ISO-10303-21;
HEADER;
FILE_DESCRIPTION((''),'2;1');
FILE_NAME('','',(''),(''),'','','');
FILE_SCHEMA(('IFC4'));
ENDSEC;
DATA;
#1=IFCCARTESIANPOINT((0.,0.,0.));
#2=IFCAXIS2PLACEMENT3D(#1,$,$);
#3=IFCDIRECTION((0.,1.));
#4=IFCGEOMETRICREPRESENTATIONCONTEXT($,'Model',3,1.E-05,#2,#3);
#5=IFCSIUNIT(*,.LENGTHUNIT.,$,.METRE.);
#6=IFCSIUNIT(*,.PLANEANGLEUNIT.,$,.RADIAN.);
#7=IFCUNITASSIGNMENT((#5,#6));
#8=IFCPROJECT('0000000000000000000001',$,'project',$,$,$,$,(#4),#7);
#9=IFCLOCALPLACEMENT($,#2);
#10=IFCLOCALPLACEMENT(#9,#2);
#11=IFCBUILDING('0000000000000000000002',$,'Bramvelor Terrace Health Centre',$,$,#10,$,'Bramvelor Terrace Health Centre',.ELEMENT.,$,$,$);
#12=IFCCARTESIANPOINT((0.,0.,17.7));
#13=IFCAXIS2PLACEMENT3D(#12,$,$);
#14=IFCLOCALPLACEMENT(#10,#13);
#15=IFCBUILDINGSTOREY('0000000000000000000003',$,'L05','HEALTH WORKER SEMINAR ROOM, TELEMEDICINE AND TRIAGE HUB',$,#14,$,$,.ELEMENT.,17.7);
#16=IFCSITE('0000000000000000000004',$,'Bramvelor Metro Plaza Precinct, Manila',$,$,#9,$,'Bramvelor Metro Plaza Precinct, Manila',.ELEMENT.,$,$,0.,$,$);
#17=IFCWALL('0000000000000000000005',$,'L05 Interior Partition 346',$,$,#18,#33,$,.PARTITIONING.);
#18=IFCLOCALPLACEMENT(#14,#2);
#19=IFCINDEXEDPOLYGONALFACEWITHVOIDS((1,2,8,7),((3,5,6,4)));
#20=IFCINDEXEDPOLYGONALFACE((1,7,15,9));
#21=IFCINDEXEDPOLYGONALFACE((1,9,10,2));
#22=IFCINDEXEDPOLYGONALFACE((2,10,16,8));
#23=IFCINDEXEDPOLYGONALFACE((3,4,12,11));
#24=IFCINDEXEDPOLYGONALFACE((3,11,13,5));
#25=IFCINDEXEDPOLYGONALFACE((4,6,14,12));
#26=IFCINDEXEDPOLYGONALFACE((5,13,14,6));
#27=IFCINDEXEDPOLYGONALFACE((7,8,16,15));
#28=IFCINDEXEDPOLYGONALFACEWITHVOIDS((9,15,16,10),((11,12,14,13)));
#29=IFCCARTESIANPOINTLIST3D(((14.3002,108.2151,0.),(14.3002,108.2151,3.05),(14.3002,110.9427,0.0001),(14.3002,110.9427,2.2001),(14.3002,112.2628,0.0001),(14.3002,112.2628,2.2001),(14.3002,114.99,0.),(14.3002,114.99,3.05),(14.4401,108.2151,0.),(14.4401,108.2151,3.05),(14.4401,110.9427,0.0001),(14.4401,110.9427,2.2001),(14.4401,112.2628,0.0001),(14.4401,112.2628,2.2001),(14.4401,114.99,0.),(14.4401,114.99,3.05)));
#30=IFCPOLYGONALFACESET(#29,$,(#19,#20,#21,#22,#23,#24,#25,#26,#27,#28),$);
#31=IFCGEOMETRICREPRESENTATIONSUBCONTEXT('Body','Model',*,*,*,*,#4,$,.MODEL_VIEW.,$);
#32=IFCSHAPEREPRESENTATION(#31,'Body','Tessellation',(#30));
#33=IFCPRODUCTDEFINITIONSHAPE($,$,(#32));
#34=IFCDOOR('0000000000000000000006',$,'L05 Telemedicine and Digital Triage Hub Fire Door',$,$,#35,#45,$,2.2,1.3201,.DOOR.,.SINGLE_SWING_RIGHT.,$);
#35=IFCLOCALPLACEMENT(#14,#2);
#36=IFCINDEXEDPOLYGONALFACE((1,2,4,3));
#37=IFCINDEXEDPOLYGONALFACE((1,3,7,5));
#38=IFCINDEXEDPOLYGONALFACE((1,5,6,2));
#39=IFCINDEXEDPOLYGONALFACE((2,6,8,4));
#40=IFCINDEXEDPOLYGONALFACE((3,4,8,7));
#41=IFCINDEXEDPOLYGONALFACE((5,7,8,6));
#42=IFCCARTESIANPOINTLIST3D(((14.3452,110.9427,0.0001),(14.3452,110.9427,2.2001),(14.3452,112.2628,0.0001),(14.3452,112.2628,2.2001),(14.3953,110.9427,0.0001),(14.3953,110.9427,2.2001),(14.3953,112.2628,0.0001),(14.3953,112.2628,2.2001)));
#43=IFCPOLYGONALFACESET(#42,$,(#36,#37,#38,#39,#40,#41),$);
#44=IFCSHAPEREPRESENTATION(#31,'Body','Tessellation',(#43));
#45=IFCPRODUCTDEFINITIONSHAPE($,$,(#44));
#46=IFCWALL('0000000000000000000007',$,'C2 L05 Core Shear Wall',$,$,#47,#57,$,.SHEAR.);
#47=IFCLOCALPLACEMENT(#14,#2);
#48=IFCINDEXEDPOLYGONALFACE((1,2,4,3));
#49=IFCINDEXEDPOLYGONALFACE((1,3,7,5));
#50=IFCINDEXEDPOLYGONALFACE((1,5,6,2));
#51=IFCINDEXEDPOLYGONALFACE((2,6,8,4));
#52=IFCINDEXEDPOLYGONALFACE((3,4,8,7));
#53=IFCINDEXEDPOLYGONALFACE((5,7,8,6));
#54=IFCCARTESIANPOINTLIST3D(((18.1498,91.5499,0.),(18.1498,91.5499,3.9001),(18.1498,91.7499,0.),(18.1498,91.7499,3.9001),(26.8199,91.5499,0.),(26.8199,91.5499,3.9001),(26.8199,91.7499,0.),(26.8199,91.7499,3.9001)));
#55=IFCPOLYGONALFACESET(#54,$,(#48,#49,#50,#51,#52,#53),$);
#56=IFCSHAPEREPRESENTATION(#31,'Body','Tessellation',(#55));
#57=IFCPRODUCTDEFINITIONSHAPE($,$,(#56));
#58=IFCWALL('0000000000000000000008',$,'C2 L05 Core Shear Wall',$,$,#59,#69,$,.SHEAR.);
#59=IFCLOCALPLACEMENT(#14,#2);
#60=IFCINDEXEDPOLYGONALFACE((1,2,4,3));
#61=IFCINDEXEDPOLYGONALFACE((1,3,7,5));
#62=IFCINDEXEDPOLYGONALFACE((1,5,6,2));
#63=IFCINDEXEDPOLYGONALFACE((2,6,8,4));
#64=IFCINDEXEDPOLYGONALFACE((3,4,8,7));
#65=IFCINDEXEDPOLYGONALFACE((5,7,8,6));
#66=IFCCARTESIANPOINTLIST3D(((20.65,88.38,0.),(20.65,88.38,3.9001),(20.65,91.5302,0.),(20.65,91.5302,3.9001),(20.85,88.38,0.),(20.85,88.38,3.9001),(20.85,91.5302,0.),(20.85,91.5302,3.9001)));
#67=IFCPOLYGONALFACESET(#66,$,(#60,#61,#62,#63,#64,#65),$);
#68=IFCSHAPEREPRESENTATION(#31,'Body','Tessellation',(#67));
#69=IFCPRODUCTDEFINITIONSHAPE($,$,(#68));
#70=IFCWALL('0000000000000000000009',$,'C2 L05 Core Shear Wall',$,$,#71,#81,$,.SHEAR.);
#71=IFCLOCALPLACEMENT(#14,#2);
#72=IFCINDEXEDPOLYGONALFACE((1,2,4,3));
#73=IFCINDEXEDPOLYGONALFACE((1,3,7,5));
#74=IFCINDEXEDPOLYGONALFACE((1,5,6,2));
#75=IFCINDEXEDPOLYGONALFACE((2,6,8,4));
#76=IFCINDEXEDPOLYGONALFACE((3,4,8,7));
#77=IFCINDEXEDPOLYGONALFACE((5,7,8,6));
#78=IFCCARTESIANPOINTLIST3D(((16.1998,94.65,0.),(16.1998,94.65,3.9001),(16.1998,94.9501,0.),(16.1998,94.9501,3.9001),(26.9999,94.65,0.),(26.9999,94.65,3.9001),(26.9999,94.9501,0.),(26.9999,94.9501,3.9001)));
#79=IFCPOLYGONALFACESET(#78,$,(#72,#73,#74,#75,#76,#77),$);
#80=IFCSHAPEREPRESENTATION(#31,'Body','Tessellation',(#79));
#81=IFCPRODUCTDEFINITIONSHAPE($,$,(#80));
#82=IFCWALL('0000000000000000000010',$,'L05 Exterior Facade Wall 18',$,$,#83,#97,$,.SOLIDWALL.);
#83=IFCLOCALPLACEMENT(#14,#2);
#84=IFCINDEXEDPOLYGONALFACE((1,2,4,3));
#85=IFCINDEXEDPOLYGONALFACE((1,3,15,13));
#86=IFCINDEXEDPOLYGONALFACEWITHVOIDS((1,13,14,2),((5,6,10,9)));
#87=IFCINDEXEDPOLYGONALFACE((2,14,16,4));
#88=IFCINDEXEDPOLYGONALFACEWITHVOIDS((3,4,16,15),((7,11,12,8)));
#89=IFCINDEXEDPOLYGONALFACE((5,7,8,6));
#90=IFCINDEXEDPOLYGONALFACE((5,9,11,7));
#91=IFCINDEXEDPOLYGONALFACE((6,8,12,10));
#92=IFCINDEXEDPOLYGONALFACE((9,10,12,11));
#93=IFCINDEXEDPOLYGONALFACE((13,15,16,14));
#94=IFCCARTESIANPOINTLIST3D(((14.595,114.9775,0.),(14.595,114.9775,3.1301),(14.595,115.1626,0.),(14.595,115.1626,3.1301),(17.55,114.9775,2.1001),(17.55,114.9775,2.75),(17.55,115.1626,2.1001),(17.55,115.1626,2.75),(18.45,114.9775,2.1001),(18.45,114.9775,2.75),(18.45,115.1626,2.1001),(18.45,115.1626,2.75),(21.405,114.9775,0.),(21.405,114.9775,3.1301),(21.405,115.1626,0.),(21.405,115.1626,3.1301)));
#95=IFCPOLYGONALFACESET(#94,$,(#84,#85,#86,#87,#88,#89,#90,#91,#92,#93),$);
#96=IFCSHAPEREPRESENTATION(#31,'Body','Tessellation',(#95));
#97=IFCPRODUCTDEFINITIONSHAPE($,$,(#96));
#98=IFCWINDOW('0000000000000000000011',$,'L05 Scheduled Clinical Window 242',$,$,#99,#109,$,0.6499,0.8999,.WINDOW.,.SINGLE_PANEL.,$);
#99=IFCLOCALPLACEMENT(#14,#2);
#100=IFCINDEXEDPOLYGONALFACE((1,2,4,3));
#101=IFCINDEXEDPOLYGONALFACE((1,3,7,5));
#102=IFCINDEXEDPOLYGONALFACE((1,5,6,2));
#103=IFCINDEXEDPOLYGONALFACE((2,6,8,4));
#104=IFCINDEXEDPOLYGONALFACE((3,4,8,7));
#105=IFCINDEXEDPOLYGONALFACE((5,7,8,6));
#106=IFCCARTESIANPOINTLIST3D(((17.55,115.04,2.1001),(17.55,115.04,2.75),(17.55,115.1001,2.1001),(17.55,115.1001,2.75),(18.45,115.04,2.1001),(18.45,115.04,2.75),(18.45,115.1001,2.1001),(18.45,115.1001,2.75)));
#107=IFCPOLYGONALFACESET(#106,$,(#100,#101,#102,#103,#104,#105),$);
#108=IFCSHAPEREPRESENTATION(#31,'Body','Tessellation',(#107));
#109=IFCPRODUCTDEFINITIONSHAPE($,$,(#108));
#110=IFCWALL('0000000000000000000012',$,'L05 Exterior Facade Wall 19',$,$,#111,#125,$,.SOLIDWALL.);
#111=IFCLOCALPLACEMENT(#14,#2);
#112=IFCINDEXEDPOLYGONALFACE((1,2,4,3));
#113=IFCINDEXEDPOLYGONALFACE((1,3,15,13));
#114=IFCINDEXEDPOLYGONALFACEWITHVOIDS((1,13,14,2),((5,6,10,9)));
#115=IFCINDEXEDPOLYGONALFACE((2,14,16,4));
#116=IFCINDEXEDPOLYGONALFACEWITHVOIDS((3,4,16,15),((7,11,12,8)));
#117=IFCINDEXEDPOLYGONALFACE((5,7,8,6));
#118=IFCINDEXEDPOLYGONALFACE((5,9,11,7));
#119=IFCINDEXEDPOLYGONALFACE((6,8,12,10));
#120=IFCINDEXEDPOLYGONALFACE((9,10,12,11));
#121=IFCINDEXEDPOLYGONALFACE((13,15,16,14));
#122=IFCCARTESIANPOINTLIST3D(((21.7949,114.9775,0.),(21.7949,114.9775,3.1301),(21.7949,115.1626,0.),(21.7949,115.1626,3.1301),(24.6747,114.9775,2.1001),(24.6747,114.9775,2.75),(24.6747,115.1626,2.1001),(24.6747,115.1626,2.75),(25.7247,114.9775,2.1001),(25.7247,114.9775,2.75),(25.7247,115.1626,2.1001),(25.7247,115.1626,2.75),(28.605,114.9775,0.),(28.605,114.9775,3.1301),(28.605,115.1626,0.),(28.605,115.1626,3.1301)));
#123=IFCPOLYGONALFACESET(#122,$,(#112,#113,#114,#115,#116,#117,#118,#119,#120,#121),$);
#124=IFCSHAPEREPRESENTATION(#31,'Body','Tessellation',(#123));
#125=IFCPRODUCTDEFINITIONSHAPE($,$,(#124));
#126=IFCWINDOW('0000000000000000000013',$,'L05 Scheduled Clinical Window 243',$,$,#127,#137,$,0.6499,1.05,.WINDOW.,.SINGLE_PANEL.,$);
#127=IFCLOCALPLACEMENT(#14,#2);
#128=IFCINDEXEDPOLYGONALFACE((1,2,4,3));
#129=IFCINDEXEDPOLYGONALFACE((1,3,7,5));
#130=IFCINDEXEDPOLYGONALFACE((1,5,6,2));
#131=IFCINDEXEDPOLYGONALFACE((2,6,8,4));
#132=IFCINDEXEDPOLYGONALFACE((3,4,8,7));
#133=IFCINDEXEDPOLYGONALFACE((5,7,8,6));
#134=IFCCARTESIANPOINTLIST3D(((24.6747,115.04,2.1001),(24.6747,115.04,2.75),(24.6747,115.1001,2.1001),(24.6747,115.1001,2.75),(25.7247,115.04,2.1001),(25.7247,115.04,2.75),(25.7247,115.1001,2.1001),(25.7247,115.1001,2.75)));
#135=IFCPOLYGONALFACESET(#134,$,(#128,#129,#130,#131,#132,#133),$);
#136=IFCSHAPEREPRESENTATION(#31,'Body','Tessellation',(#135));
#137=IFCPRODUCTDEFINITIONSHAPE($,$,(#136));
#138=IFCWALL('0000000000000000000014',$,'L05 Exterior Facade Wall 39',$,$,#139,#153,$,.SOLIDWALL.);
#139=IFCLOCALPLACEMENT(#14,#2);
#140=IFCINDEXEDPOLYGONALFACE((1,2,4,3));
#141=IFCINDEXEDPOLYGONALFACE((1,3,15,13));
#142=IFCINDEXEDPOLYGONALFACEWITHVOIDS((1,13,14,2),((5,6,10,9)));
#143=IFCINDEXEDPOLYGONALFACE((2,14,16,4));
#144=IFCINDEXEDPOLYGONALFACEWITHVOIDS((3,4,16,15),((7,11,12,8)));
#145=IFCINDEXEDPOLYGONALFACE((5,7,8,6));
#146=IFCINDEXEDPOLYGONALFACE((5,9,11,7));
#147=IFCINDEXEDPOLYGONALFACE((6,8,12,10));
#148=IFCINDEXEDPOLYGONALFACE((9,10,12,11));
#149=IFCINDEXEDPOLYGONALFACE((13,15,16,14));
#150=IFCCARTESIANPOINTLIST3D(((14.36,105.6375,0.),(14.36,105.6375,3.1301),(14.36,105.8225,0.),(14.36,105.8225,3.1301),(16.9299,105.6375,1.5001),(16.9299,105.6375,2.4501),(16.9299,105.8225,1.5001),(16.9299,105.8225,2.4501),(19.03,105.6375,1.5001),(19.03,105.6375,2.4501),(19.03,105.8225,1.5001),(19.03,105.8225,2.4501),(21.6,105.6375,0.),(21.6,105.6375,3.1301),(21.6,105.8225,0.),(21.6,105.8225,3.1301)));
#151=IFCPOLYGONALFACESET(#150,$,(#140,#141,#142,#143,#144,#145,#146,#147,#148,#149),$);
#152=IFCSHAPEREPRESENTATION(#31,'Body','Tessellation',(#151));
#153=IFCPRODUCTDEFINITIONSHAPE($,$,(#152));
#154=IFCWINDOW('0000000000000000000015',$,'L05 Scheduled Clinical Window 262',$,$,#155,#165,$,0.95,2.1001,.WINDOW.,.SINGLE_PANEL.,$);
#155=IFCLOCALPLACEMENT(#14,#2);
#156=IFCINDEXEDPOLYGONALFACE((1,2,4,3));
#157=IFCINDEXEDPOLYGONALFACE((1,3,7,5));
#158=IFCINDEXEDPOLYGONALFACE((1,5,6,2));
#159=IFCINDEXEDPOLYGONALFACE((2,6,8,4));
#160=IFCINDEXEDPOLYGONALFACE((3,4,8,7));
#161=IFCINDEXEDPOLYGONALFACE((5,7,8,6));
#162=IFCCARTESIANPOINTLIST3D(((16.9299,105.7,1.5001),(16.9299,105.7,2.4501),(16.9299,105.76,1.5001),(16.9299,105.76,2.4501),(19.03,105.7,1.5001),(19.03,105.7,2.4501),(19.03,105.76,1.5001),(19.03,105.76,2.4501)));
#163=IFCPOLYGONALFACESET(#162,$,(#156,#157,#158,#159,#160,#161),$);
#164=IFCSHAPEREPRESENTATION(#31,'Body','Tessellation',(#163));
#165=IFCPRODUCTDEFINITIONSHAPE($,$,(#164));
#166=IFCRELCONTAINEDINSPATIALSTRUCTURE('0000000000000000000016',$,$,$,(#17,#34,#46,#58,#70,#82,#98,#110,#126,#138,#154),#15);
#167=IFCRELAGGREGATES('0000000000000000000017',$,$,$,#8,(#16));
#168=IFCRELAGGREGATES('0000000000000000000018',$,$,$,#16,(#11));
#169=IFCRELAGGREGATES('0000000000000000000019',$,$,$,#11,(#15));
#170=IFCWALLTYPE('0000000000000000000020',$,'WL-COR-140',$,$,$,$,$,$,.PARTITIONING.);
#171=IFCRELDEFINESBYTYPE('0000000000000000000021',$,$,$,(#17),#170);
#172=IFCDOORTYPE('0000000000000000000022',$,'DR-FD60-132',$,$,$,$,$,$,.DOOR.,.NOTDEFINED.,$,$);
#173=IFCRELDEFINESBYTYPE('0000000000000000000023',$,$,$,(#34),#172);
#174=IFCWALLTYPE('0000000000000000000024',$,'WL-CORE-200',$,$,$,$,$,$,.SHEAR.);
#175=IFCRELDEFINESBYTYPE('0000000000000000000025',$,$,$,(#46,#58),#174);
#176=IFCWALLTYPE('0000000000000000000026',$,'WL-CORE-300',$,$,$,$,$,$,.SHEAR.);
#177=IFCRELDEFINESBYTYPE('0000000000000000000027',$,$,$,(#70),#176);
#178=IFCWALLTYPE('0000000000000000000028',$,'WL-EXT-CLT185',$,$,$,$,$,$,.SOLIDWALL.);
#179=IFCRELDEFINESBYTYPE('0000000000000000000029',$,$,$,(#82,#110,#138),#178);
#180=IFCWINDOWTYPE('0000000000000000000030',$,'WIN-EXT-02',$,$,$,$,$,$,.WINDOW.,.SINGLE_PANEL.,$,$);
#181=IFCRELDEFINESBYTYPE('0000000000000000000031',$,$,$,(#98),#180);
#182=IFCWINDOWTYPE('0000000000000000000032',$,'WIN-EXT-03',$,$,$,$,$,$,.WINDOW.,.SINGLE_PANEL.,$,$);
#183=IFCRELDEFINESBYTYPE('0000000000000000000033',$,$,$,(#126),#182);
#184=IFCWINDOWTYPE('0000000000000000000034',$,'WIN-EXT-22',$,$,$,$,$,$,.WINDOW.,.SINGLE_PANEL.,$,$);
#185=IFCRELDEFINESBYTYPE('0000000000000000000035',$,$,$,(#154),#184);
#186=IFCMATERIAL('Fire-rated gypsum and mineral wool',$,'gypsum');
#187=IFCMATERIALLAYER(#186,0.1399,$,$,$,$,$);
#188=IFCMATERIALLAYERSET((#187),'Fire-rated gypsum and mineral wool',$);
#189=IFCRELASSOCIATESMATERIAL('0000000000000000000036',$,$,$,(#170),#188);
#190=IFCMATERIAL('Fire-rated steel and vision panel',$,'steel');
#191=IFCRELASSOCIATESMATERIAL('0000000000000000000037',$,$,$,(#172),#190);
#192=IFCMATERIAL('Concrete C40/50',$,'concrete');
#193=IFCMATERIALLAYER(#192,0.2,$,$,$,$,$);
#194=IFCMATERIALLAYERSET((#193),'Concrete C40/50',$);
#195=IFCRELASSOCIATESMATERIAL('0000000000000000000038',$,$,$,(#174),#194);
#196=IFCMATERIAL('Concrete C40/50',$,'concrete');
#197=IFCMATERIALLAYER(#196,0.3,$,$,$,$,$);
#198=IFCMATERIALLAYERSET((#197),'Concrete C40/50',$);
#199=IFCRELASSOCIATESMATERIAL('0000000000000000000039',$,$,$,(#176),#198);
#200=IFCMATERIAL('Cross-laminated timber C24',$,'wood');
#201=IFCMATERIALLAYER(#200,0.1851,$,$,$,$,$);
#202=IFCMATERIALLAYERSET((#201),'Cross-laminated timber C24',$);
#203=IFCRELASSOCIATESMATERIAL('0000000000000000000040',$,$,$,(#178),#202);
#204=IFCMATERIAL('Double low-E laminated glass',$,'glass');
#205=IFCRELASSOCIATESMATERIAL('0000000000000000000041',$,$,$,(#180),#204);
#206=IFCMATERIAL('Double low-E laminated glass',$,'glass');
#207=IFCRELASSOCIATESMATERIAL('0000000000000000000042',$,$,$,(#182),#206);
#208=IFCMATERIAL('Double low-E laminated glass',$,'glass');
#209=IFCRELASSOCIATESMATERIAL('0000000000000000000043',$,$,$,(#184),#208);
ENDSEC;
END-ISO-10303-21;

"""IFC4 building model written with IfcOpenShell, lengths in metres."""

from ifc_helpers import new_model, si_unit, direction, frame, frame_2d, origin, place, context, subcontext, project, spatial, rectangle, extrude, material, layer, layer_set, type_object, element, fill, save


model = new_model("IFC4")

# Units and contexts
model_context = context("Model", 3, precision=1e-05, world=origin(), true_north=direction((0.0, 1.0)))
body_context = subcontext(model_context, "Body", "Model", "MODEL_VIEW")
ifc_project = project(units=[si_unit("LENGTHUNIT", "METRE"), si_unit("PLANEANGLEUNIT", "RADIAN")], contexts=[model_context])

# Site, building, storey
site_placement = place(None, origin())
site = spatial("IfcSite", under=ifc_project, at=site_placement, Name="Bramvelor Metro Plaza Precinct, Manila", LongName="Bramvelor Metro Plaza Precinct, Manila", CompositionType="ELEMENT", RefElevation=0.0)
building_placement = place(site_placement, origin())
building = spatial("IfcBuilding", under=site, at=building_placement, Name="Bramvelor Terrace Health Centre", LongName="Bramvelor Terrace Health Centre", CompositionType="ELEMENT")
storey_placement = place(building_placement, frame((0.0, 0.0, 17.7)))
storey = spatial("IfcBuildingStorey", under=building, at=storey_placement, Name="L05", Description="HEALTH WORKER SEMINAR ROOM, TELEMEDICINE AND TRIAGE HUB", CompositionType="ELEMENT", Elevation=17.7)

# Shared definitions
ifc_material_1 = material(Name="Fire-rated gypsum and mineral wool", Category="gypsum")
ifc_layer_1 = layer(ifc_material_1, 0.1399)
ifc_layer_set_1 = layer_set([ifc_layer_1], Name="Fire-rated gypsum and mineral wool")
wall_type_1 = type_object("IfcWallType", Name="WL-COR-140", PredefinedType="PARTITIONING", material=ifc_layer_set_1)

# Wall, opening, door
wall_1_placement = place(storey_placement, frame((14.3701, 108.2151, 0.0), z_axis=(0.0, 0.0, 1.0), x_axis=(0.0, 1.0, 0.0)))
wall_1 = element("IfcWall", 1, at=wall_1_placement, inside=storey, type_object=wall_type_1, Name="L05 Interior Partition 346", PredefinedType="PARTITIONING", context=body_context, shape_type="SweptSolid", body=[
    extrude(rectangle(XDim=6.7749, YDim=0.1399, at=frame_2d((3.3875, 0.0))), origin(), (0.0, 0.0, 1.0), 3.05),
])
opening_1_placement = place(wall_1_placement, frame((2.7275, 0.0, 0.0)))
opening_1 = element("IfcOpeningElement", 2, at=opening_1_placement, cuts=wall_1, PredefinedType="OPENING", context=body_context, shape_type="SweptSolid", body=[
    extrude(rectangle(XDim=1.3201, YDim=2.2, at=frame_2d((0.6602, 1.1001))), frame((0.0, 0.0798, 0.0), z_axis=(0.0, -1.0, 0.0), x_axis=(1.0, 0.0, 0.0)), (0.0, 0.0, 1.0), 0.1599),
])
ifc_material_2 = material(Name="Fire-rated steel and vision panel", Category="steel")
door_type = type_object("IfcDoorType", Name="DR-FD60-132", OperationType="NOTDEFINED", PredefinedType="DOOR", material=ifc_material_2)
door_placement = place(opening_1_placement, origin())
door = element("IfcDoor", 3, at=door_placement, inside=storey, type_object=door_type, Name="L05 Telemedicine and Digital Triage Hub Fire Door", OperationType="SINGLE_SWING_RIGHT", OverallHeight=2.2, OverallWidth=1.3201, PredefinedType="DOOR", context=body_context, shape_type="SweptSolid", body=[
    extrude(rectangle(XDim=1.3201, YDim=2.2, at=frame_2d((0.6602, 1.1001))), frame((0.0, 0.0249, 0.0), z_axis=(0.0, -1.0, 0.0), x_axis=(1.0, 0.0, 0.0)), (0.0, 0.0, 1.0), 0.05),
])
fill(opening_1, door)

# Walls
ifc_material_3 = material(Name="Concrete C40/50", Category="concrete")
ifc_layer_2 = layer(ifc_material_3, 0.2)
ifc_layer_set_2 = layer_set([ifc_layer_2], Name="Concrete C40/50")
wall_type_2 = type_object("IfcWallType", Name="WL-CORE-200", PredefinedType="SHEAR", material=ifc_layer_set_2)
wall_2_placement = place(storey_placement, frame((18.1499, 91.6499, 0.0), z_axis=(0.0, 0.0, 1.0), x_axis=(1.0, 0.0, 0.0)))
element("IfcWall", 4, at=wall_2_placement, inside=storey, type_object=wall_type_2, Name="C2 L05 Core Shear Wall", PredefinedType="SHEAR", context=body_context, shape_type="SweptSolid", body=[
    extrude(rectangle(XDim=8.6702, YDim=0.2, at=frame_2d((4.335, 0.0))), origin(), (0.0, 0.0, 1.0), 3.9001),
])
wall_3_placement = place(storey_placement, frame((20.75, 88.3799, 0.0), z_axis=(0.0, 0.0, 1.0), x_axis=(0.0, 1.0, 0.0)))
element("IfcWall", 5, at=wall_3_placement, inside=storey, type_object=wall_type_2, Name="C2 L05 Core Shear Wall", PredefinedType="SHEAR", context=body_context, shape_type="SweptSolid", body=[
    extrude(rectangle(XDim=3.1501, YDim=0.2, at=frame_2d((1.5752, 0.0))), origin(), (0.0, 0.0, 1.0), 3.9001),
])
ifc_material_4 = material(Name="Concrete C40/50", Category="concrete")
ifc_layer_3 = layer(ifc_material_4, 0.3)
ifc_layer_set_3 = layer_set([ifc_layer_3], Name="Concrete C40/50")
wall_type_3 = type_object("IfcWallType", Name="WL-CORE-300", PredefinedType="SHEAR", material=ifc_layer_set_3)
wall_4_placement = place(storey_placement, frame((16.2, 94.8, 0.0), z_axis=(0.0, 0.0, 1.0), x_axis=(1.0, 0.0, 0.0)))
element("IfcWall", 6, at=wall_4_placement, inside=storey, type_object=wall_type_3, Name="C2 L05 Core Shear Wall", PredefinedType="SHEAR", context=body_context, shape_type="SweptSolid", body=[
    extrude(rectangle(XDim=10.8, YDim=0.3, at=frame_2d((5.3999, 0.0))), origin(), (0.0, 0.0, 1.0), 3.9001),
])

# Walls, openings, windows
ifc_material_5 = material(Name="Cross-laminated timber C24", Category="wood")
ifc_layer_4 = layer(ifc_material_5, 0.1851)
ifc_layer_set_4 = layer_set([ifc_layer_4], Name="Cross-laminated timber C24")
wall_type_4 = type_object("IfcWallType", Name="WL-EXT-CLT185", PredefinedType="SOLIDWALL", material=ifc_layer_set_4)
wall_5_placement = place(storey_placement, frame((14.595, 115.0701, 0.0), z_axis=(0.0, 0.0, 1.0), x_axis=(1.0, 0.0, 0.0)))
wall_5 = element("IfcWall", 7, at=wall_5_placement, inside=storey, type_object=wall_type_4, Name="L05 Exterior Facade Wall 18", PredefinedType="SOLIDWALL", context=body_context, shape_type="SweptSolid", body=[
    extrude(rectangle(XDim=6.8101, YDim=0.1851, at=frame_2d((3.405, 0.0))), origin(), (0.0, 0.0, 1.0), 3.1301),
])
opening_2_placement = place(wall_5_placement, frame((2.9551, 0.0, 2.1001)))
opening_2 = element("IfcOpeningElement", 8, at=opening_2_placement, cuts=wall_5, PredefinedType="OPENING", context=body_context, shape_type="SweptSolid", body=[
    extrude(rectangle(XDim=0.8999, YDim=0.6499, at=frame_2d((0.45, 0.325))), frame((0.0, 0.1025, 0.0), z_axis=(0.0, -1.0, 0.0), x_axis=(1.0, 0.0, 0.0)), (0.0, 0.0, 1.0), 0.2051),
])
ifc_material_6 = material(Name="Double low-E laminated glass", Category="glass")
window_type_1 = type_object("IfcWindowType", Name="WIN-EXT-02", PartitioningType="SINGLE_PANEL", PredefinedType="WINDOW", material=ifc_material_6)
window_1_placement = place(opening_2_placement, origin())
window_1 = element("IfcWindow", 9, at=window_1_placement, inside=storey, type_object=window_type_1, Name="L05 Scheduled Clinical Window 242", OverallHeight=0.6499, OverallWidth=0.8999, PartitioningType="SINGLE_PANEL", PredefinedType="WINDOW", context=body_context, shape_type="SweptSolid", body=[
    extrude(rectangle(XDim=0.8999, YDim=0.6499, at=frame_2d((0.45, 0.325))), frame((0.0, 0.03, 0.0), z_axis=(0.0, -1.0, 0.0), x_axis=(1.0, 0.0, 0.0)), (0.0, 0.0, 1.0), 0.0601),
])
fill(opening_2, window_1)
wall_6_placement = place(storey_placement, frame((21.7949, 115.0701, 0.0), z_axis=(0.0, 0.0, 1.0), x_axis=(1.0, 0.0, 0.0)))
wall_6 = element("IfcWall", 10, at=wall_6_placement, inside=storey, type_object=wall_type_4, Name="L05 Exterior Facade Wall 19", PredefinedType="SOLIDWALL", context=body_context, shape_type="SweptSolid", body=[
    extrude(rectangle(XDim=6.8101, YDim=0.1851, at=frame_2d((3.405, 0.0))), origin(), (0.0, 0.0, 1.0), 3.1301),
])
opening_3_placement = place(wall_6_placement, frame((2.8799, 0.0, 2.1001)))
opening_3 = element("IfcOpeningElement", 11, at=opening_3_placement, cuts=wall_6, PredefinedType="OPENING", context=body_context, shape_type="SweptSolid", body=[
    extrude(rectangle(XDim=1.05, YDim=0.6499, at=frame_2d((0.5249, 0.325))), frame((0.0, 0.1025, 0.0), z_axis=(0.0, -1.0, 0.0), x_axis=(1.0, 0.0, 0.0)), (0.0, 0.0, 1.0), 0.2051),
])
ifc_material_7 = material(Name="Double low-E laminated glass", Category="glass")
window_type_2 = type_object("IfcWindowType", Name="WIN-EXT-03", PartitioningType="SINGLE_PANEL", PredefinedType="WINDOW", material=ifc_material_7)
window_2_placement = place(opening_3_placement, origin())
window_2 = element("IfcWindow", 12, at=window_2_placement, inside=storey, type_object=window_type_2, Name="L05 Scheduled Clinical Window 243", OverallHeight=0.6499, OverallWidth=1.05, PartitioningType="SINGLE_PANEL", PredefinedType="WINDOW", context=body_context, shape_type="SweptSolid", body=[
    extrude(rectangle(XDim=1.05, YDim=0.6499, at=frame_2d((0.5249, 0.325))), frame((0.0, 0.03, 0.0), z_axis=(0.0, -1.0, 0.0), x_axis=(1.0, 0.0, 0.0)), (0.0, 0.0, 1.0), 0.0601),
])
fill(opening_3, window_2)
wall_7_placement = place(storey_placement, frame((21.6001, 105.73, 0.0), z_axis=(0.0, 0.0, 1.0), x_axis=(-1.0, 0.0, 0.0)))
wall_7 = element("IfcWall", 13, at=wall_7_placement, inside=storey, type_object=wall_type_4, Name="L05 Exterior Facade Wall 39", PredefinedType="SOLIDWALL", context=body_context, shape_type="SweptSolid", body=[
    extrude(rectangle(XDim=7.24, YDim=0.1851, at=frame_2d((3.6201, 0.0))), origin(), (0.0, 0.0, 1.0), 3.1301),
])
opening_4_placement = place(wall_7_placement, frame((2.5701, 0.0, 1.5)))
opening_4 = element("IfcOpeningElement", 14, at=opening_4_placement, cuts=wall_7, PredefinedType="OPENING", context=body_context, shape_type="SweptSolid", body=[
    extrude(rectangle(XDim=2.1001, YDim=0.95, at=frame_2d((1.05, 0.4751))), frame((0.0, 0.1025, 0.0), z_axis=(0.0, -1.0, 0.0), x_axis=(1.0, 0.0, 0.0)), (0.0, 0.0, 1.0), 0.2051),
])
ifc_material_8 = material(Name="Double low-E laminated glass", Category="glass")
window_type_3 = type_object("IfcWindowType", Name="WIN-EXT-22", PartitioningType="SINGLE_PANEL", PredefinedType="WINDOW", material=ifc_material_8)
window_3_placement = place(opening_4_placement, origin())
window_3 = element("IfcWindow", 15, at=window_3_placement, inside=storey, type_object=window_type_3, Name="L05 Scheduled Clinical Window 262", OverallHeight=0.95, OverallWidth=2.1001, PartitioningType="SINGLE_PANEL", PredefinedType="WINDOW", context=body_context, shape_type="SweptSolid", body=[
    extrude(rectangle(XDim=2.1001, YDim=0.95, at=frame_2d((1.05, 0.4751))), frame((0.0, 0.03, 0.0), z_axis=(0.0, -1.0, 0.0), x_axis=(1.0, 0.0, 0.0)), (0.0, 0.0, 1.0), 0.0601),
])
fill(opening_4, window_3)

save(model, "model.ifc")
